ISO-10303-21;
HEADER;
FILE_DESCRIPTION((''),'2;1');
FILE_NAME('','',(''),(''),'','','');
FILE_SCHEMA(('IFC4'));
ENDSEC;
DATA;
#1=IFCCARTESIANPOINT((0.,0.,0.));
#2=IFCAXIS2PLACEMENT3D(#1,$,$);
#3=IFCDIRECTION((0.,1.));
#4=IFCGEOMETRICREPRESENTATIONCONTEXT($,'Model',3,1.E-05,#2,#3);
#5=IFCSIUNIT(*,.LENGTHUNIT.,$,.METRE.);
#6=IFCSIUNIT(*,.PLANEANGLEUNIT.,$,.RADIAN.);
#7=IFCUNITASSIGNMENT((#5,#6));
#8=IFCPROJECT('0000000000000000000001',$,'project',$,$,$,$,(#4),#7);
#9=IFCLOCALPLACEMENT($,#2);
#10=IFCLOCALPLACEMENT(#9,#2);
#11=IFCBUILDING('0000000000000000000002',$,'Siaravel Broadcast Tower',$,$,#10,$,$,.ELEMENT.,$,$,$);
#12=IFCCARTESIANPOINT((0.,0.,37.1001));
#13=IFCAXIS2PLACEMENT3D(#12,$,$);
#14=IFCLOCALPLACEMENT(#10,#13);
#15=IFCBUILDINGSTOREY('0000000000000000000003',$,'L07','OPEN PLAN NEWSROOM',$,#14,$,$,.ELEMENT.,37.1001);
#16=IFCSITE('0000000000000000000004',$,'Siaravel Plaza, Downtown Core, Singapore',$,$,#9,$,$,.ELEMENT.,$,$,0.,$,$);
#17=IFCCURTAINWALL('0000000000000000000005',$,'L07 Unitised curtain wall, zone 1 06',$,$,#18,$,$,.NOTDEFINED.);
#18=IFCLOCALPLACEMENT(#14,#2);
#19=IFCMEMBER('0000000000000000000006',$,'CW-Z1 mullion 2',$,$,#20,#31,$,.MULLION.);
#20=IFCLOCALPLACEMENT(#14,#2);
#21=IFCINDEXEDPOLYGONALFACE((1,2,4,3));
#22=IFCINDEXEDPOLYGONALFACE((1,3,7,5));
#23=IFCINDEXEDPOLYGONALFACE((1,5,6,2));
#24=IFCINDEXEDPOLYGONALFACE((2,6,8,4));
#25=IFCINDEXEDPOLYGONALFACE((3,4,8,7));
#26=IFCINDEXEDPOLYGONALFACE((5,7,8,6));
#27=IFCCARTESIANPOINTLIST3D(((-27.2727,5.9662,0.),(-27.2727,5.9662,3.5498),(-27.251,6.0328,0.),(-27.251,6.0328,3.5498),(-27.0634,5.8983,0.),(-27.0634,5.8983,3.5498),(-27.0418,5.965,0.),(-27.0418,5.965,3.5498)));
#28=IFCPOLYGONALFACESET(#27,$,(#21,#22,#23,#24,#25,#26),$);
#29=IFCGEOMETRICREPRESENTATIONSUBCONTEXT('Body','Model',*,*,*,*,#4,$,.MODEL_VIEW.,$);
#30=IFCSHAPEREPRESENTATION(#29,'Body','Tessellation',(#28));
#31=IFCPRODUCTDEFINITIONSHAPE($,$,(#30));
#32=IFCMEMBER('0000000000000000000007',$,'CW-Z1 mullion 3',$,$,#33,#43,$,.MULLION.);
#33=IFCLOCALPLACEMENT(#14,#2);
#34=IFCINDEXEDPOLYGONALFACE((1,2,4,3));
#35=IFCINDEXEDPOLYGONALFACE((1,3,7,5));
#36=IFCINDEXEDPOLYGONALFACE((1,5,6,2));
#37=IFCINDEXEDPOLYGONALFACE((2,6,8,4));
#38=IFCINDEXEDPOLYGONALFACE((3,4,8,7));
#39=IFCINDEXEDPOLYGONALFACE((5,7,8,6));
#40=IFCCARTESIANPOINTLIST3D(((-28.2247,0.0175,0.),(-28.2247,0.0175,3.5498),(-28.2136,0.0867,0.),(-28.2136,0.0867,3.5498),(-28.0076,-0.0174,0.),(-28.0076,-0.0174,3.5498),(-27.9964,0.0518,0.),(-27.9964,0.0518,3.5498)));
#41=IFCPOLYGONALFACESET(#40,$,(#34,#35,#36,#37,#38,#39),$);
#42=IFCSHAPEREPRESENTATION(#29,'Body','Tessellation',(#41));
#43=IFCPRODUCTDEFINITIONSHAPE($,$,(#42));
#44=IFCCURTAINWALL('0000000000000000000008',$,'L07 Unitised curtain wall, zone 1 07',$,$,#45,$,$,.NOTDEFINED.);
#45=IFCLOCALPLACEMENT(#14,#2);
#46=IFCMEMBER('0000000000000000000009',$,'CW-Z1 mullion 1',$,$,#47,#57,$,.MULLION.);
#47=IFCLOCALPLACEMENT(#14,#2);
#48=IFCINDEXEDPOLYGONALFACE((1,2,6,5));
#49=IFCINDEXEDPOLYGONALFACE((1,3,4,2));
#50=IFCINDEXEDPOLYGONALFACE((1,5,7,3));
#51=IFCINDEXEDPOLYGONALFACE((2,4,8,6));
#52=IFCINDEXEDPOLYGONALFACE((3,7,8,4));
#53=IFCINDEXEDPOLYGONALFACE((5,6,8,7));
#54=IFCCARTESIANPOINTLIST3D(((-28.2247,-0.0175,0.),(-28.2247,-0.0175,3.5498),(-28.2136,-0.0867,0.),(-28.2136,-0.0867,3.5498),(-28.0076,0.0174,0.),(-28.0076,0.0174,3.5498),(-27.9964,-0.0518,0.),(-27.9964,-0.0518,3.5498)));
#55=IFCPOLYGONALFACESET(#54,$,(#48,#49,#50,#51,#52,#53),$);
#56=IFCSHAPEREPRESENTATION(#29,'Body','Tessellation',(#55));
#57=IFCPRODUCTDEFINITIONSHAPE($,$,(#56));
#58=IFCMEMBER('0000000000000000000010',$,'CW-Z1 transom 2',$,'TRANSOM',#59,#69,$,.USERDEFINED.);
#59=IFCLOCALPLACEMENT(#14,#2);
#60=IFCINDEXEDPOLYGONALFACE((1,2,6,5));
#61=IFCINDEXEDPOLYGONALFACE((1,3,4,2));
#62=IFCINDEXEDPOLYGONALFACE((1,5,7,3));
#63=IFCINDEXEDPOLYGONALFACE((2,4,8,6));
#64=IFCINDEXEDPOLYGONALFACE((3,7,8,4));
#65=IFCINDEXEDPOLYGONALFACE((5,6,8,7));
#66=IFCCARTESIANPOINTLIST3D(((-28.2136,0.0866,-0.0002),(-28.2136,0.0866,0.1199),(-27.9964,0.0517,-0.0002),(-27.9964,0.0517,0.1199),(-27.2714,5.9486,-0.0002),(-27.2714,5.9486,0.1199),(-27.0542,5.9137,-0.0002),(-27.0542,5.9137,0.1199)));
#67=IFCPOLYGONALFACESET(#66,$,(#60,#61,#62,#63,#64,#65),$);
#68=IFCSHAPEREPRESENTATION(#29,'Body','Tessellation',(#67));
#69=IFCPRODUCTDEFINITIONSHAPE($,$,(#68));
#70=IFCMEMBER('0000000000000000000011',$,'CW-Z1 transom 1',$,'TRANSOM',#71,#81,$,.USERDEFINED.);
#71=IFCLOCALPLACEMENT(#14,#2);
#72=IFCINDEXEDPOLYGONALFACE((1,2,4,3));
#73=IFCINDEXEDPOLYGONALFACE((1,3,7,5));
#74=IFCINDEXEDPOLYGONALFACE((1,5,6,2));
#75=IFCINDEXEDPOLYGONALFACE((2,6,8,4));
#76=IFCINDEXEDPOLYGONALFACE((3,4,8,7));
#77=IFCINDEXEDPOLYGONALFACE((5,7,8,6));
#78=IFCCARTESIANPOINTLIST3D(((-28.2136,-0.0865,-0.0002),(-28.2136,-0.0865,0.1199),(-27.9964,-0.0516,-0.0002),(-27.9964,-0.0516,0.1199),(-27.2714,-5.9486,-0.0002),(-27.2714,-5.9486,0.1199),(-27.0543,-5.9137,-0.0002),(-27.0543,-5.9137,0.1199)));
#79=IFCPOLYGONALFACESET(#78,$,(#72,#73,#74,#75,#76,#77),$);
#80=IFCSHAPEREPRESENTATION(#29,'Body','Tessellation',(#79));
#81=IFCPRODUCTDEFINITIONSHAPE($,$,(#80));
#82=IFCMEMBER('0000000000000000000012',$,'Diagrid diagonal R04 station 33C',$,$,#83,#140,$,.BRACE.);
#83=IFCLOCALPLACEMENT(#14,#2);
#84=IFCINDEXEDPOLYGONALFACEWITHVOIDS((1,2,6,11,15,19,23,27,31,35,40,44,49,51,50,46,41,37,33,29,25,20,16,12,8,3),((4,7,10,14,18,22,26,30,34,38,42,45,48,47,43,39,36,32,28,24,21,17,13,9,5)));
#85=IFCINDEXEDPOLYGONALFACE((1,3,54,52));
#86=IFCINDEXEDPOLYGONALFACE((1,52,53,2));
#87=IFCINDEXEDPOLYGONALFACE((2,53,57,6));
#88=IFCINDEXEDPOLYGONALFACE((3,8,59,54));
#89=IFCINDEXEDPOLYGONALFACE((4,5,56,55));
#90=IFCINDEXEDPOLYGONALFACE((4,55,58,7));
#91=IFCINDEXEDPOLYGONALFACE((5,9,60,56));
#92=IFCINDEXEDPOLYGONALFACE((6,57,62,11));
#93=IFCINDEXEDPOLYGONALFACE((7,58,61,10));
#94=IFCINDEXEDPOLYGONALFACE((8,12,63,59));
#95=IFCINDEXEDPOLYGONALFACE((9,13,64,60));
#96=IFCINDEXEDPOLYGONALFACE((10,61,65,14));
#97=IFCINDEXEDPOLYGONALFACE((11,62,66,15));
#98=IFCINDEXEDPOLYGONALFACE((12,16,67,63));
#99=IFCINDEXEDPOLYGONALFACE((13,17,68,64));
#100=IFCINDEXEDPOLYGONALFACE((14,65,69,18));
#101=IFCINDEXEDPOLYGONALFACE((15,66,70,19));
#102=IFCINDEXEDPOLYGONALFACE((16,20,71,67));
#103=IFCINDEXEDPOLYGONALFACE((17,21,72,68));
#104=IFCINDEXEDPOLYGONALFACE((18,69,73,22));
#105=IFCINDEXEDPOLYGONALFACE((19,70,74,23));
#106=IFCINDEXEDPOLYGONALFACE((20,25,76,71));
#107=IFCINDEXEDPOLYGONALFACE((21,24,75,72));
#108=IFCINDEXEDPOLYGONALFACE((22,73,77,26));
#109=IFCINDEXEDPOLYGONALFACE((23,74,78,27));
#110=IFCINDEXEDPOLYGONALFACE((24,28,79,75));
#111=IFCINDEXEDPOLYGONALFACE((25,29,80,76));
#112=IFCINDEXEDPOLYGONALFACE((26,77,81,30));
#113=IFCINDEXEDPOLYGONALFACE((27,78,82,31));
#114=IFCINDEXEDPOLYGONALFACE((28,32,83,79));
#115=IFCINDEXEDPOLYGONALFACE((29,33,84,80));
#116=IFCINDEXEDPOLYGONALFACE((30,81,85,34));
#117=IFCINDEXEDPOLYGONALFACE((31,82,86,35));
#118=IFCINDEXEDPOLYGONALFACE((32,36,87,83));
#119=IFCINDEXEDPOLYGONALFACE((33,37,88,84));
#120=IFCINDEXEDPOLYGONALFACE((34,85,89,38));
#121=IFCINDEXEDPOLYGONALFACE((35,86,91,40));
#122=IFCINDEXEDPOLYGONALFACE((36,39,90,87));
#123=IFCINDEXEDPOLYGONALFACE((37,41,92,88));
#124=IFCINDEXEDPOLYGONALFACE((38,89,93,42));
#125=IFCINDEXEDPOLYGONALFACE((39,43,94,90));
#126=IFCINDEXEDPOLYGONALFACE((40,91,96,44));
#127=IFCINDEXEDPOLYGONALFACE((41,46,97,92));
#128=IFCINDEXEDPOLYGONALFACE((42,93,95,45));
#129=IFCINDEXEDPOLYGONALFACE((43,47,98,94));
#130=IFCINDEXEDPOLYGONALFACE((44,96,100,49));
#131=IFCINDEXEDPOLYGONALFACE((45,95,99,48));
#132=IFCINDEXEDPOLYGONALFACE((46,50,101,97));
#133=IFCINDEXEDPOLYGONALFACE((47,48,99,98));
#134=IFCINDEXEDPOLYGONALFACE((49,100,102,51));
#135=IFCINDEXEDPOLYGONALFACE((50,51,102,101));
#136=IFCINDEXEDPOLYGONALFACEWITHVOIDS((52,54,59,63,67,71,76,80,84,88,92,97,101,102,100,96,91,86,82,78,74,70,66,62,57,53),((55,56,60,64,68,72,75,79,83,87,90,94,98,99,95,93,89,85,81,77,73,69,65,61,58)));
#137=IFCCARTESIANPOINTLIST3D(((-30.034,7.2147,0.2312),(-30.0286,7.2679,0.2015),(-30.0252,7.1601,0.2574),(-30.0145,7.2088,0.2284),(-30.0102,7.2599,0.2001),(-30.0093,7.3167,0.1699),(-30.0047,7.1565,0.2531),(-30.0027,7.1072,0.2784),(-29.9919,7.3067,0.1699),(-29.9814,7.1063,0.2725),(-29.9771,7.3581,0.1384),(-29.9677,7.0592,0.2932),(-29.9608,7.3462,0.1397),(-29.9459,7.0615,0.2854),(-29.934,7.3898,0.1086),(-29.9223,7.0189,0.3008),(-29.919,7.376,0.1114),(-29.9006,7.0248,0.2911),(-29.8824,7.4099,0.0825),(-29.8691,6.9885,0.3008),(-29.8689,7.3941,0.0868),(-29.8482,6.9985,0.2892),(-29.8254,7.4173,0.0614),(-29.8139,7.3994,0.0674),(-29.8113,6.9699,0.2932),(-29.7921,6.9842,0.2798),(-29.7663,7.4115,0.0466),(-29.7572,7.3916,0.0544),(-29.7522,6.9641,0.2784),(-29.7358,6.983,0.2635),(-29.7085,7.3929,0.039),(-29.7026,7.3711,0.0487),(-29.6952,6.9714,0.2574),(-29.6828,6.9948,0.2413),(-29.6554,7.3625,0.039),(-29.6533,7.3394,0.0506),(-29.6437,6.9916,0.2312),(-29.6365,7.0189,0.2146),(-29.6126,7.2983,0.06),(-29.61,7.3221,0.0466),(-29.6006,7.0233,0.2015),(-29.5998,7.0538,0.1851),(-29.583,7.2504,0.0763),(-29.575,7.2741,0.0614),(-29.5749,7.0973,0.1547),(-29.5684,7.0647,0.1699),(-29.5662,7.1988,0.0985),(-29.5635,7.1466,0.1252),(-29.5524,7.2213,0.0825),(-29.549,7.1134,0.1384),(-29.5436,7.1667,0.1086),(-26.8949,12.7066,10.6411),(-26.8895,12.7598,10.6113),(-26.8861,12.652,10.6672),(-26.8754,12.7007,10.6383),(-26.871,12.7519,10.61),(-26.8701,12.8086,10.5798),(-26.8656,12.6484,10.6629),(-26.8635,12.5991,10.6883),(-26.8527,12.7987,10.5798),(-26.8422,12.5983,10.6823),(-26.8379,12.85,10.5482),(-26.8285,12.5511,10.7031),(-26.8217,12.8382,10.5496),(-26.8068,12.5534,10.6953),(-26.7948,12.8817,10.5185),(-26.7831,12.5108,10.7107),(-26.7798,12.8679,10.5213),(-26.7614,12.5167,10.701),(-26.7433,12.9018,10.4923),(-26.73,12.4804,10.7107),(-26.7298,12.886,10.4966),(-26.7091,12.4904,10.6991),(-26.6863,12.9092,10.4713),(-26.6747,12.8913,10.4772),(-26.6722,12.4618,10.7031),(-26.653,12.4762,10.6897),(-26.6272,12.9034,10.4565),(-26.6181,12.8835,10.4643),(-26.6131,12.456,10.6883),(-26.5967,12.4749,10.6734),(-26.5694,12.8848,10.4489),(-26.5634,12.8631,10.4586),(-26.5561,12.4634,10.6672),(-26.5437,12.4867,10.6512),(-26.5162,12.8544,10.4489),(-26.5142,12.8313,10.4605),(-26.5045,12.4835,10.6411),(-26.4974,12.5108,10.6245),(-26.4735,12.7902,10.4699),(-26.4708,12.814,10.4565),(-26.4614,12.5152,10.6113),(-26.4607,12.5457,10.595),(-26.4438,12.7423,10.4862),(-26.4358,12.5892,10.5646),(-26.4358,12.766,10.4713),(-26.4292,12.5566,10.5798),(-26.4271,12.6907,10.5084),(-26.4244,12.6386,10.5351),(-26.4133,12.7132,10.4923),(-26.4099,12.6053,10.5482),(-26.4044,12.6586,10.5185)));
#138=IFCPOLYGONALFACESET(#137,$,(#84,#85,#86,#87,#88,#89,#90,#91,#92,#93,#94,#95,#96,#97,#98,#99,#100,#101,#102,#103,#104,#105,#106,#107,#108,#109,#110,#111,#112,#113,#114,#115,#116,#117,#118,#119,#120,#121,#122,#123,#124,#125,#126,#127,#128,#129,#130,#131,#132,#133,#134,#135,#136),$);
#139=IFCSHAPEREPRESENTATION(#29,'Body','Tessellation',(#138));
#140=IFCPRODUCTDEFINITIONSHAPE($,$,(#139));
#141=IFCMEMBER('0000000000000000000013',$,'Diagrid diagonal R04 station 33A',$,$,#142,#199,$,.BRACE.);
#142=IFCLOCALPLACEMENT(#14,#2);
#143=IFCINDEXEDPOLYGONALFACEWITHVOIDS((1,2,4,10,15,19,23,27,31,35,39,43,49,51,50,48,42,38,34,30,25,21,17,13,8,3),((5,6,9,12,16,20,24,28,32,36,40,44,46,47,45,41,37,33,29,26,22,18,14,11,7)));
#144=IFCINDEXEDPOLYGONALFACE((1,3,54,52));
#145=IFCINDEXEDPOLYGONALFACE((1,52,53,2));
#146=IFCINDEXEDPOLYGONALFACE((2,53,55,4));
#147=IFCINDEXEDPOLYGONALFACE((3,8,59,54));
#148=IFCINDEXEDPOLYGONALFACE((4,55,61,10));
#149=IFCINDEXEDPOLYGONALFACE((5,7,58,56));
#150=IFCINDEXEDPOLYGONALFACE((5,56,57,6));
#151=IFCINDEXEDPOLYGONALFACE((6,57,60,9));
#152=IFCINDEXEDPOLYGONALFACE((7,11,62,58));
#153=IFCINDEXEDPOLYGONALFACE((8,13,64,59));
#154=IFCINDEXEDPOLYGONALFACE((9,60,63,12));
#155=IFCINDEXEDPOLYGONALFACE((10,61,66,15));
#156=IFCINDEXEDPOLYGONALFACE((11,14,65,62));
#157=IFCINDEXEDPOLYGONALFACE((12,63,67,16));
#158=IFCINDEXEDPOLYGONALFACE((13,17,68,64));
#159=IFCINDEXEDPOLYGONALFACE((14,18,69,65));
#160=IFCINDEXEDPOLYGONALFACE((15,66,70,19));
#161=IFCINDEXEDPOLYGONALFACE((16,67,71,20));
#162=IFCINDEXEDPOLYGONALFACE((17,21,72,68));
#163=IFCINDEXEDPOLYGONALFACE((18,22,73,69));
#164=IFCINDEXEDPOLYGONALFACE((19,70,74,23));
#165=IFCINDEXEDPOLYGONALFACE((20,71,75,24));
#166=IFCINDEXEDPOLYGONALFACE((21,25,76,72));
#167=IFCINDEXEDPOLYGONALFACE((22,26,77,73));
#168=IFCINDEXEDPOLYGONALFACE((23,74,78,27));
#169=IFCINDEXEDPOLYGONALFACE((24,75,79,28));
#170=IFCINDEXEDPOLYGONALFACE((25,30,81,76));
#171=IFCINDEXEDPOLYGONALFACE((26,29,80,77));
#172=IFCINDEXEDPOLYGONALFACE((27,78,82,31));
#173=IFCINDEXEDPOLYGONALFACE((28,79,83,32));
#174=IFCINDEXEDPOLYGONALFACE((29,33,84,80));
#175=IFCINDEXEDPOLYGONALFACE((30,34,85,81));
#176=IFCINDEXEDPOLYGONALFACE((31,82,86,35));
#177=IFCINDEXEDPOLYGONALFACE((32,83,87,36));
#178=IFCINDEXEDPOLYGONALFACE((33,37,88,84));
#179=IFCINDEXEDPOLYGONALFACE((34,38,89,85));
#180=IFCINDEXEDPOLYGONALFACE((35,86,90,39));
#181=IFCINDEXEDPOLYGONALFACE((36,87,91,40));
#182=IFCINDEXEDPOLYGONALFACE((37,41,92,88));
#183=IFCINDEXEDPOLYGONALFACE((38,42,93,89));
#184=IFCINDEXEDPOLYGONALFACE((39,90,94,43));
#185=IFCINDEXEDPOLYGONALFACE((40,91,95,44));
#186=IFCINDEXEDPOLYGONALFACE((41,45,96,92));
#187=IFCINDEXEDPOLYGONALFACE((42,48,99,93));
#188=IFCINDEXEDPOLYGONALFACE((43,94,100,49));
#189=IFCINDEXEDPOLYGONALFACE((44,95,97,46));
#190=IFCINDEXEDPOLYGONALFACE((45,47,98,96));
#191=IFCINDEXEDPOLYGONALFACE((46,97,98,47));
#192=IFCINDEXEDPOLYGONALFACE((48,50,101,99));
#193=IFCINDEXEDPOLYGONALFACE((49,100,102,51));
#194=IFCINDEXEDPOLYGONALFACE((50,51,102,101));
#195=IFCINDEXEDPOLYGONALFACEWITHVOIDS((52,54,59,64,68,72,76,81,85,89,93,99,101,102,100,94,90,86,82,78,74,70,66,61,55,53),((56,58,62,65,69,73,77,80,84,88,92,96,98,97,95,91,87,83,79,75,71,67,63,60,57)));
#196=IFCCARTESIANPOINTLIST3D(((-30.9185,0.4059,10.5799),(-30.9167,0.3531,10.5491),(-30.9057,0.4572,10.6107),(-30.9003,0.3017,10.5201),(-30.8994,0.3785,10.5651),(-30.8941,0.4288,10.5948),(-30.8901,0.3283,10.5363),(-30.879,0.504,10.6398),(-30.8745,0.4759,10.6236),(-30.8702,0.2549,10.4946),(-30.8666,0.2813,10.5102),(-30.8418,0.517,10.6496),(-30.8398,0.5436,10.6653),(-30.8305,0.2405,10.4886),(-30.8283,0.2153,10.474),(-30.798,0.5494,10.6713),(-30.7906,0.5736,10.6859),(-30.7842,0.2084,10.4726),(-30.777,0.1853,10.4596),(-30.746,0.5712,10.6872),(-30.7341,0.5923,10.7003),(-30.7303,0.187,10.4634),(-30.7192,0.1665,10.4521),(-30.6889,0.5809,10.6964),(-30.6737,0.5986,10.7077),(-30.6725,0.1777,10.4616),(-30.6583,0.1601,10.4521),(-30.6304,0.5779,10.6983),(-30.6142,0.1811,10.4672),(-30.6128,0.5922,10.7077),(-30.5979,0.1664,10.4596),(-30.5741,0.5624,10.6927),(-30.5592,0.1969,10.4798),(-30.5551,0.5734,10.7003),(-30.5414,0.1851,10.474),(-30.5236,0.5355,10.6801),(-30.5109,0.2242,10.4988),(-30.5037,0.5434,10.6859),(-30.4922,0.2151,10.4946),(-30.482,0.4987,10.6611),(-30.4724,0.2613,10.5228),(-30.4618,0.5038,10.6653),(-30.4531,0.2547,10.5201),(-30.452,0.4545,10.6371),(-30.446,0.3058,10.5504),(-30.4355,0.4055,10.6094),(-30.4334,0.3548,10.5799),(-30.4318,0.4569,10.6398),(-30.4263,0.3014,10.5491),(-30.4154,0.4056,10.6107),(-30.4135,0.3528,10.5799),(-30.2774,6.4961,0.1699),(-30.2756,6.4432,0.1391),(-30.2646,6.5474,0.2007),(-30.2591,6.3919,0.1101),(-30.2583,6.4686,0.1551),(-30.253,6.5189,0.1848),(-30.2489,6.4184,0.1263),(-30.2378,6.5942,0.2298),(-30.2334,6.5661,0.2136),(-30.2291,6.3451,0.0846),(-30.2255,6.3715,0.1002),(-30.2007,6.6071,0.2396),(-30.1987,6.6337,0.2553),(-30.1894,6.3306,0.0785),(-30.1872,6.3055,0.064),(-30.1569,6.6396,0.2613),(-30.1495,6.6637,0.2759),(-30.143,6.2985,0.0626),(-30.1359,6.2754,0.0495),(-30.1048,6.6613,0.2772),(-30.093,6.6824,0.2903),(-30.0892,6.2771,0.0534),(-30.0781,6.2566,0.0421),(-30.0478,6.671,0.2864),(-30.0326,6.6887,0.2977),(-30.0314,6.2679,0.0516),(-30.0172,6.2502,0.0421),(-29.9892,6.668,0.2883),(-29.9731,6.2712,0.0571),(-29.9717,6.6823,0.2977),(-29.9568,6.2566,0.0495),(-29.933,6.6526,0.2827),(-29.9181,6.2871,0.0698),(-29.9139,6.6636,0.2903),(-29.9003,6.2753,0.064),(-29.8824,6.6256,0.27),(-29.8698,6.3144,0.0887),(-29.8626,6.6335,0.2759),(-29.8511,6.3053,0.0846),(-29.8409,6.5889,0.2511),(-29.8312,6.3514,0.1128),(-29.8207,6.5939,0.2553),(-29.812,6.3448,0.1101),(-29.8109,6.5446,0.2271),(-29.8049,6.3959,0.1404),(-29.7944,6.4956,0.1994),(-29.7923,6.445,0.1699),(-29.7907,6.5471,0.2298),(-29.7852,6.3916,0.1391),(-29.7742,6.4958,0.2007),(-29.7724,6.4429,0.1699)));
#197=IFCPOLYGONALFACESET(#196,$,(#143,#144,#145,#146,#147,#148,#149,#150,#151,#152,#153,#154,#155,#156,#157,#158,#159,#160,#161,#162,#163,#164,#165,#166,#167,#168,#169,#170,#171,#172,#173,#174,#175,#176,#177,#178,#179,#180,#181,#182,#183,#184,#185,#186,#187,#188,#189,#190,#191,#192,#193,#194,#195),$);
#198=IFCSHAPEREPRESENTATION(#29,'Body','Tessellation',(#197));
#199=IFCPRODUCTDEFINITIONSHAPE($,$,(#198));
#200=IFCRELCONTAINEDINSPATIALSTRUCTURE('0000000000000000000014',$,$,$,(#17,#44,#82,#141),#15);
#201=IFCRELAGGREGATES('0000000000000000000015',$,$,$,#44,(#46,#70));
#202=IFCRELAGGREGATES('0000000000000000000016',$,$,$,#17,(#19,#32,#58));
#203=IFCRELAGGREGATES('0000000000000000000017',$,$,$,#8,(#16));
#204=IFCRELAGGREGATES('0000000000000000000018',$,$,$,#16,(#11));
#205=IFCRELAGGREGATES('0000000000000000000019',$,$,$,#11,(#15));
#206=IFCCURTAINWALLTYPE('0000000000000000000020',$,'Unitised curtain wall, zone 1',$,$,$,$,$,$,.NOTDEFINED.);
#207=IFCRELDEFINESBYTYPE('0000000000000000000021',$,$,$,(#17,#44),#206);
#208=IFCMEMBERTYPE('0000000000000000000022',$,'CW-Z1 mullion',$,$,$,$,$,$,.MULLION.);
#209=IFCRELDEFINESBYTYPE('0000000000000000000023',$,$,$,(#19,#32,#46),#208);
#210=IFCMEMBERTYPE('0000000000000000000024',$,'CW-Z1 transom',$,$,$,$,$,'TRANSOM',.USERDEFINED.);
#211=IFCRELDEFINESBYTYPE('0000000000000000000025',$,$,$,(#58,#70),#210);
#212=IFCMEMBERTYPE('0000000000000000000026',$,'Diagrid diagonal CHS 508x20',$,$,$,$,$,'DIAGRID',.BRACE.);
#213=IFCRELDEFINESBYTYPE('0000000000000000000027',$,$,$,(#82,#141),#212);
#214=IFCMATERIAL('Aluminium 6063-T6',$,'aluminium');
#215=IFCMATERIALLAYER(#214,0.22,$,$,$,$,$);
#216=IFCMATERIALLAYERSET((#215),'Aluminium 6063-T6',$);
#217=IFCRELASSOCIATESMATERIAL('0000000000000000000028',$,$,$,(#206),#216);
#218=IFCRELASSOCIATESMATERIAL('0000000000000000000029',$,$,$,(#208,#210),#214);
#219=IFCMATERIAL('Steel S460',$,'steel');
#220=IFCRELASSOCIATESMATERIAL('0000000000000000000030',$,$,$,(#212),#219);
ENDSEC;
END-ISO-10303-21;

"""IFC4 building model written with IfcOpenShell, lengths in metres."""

from ifc_helpers import new_model, si_unit, direction, frame, origin, origin_2d, place, context, subcontext, project, spatial, rectangle, hollow_circle, extrude, material, layer, layer_set, material_profile, profile_set, type_object, element, aggregate, save


model = new_model("IFC4")

# Units and contexts
model_context = context("Model", 3, precision=1e-05, world=origin(), true_north=direction((0.0, 1.0)))
body_context = subcontext(model_context, "Body", "Model", "MODEL_VIEW")
ifc_project = project(units=[si_unit("LENGTHUNIT", "METRE"), si_unit("PLANEANGLEUNIT", "RADIAN")], contexts=[model_context])

# Site, building, storey
site_placement = place(None, origin())
site = spatial("IfcSite", under=ifc_project, at=site_placement, Name="Siaravel Plaza, Downtown Core, Singapore", CompositionType="ELEMENT", RefElevation=0.0)
building_placement = place(site_placement, origin())
building = spatial("IfcBuilding", under=site, at=building_placement, Name="Siaravel Broadcast Tower", CompositionType="ELEMENT")
storey_placement = place(building_placement, frame((0.0, 0.0, 37.1001)))
storey = spatial("IfcBuildingStorey", under=building, at=storey_placement, Name="L07", Description="OPEN PLAN NEWSROOM", CompositionType="ELEMENT", Elevation=37.1001)

# Curtain wall, members
ifc_material_1 = material(Name="Aluminium 6063-T6", Category="aluminium")
ifc_layer_1 = layer(ifc_material_1, 0.22)
ifc_layer_set_1 = layer_set([ifc_layer_1], Name="Aluminium 6063-T6")
curtain_wall_type = type_object("IfcCurtainWallType", Name="Unitised curtain wall, zone 1", PredefinedType="NOTDEFINED", material=ifc_layer_set_1)
curtain_wall_1_placement = place(storey_placement, origin())
curtain_wall_1 = element("IfcCurtainWall", 1, at=curtain_wall_1_placement, inside=storey, type_object=curtain_wall_type, Name="L07 Unitised curtain wall, zone 1 06", PredefinedType="NOTDEFINED")
ifc_material_profile_1 = material_profile(ifc_material_1, rectangle(XDim=0.22, YDim=0.0701, at=origin_2d()))
ifc_profile_set_1 = profile_set([ifc_material_profile_1], Name="Aluminium 6063-T6")
member_type_1 = type_object("IfcMemberType", Name="CW-Z1 mullion", PredefinedType="MULLION", material=ifc_profile_set_1)
member_1_placement = place(storey_placement, frame((-27.1572, 5.9656, 0.0), z_axis=(0.0, 0.0, 1.0), x_axis=(0.951177, -0.308646, 0.0)))
member_1 = element("IfcMember", 2, at=member_1_placement, type_object=member_type_1, Name="CW-Z1 mullion 2", PredefinedType="MULLION", context=body_context, shape_type="SweptSolid", body=[
    extrude(rectangle(XDim=0.22, YDim=0.0701, at=origin_2d()), origin(), (0.0, 0.0, 1.0), 3.5498),
])
member_2_placement = place(storey_placement, frame((-28.1106, 0.0347, 0.0), z_axis=(0.0, 0.0, 1.0), x_axis=(0.987329, -0.158686, 0.0)))
member_2 = element("IfcMember", 3, at=member_2_placement, type_object=member_type_1, Name="CW-Z1 mullion 3", PredefinedType="MULLION", context=body_context, shape_type="SweptSolid", body=[
    extrude(rectangle(XDim=0.22, YDim=0.0701, at=origin_2d()), origin(), (0.0, 0.0, 1.0), 3.5498),
])

# Curtain wall, member
curtain_wall_2_placement = place(storey_placement, origin())
curtain_wall_2 = element("IfcCurtainWall", 4, at=curtain_wall_2_placement, inside=storey, type_object=curtain_wall_type, Name="L07 Unitised curtain wall, zone 1 07", PredefinedType="NOTDEFINED")
member_3_placement = place(storey_placement, frame((-28.1106, -0.0347, 0.0), z_axis=(0.0, 0.0, 1.0), x_axis=(0.987329, 0.158686, 0.0)))
member_3 = element("IfcMember", 5, at=member_3_placement, type_object=member_type_1, Name="CW-Z1 mullion 1", PredefinedType="MULLION", context=body_context, shape_type="SweptSolid", body=[
    extrude(rectangle(XDim=0.22, YDim=0.0701, at=origin_2d()), origin(), (0.0, 0.0, 1.0), 3.5498),
])

# Members
ifc_material_profile_2 = material_profile(ifc_material_1, rectangle(XDim=0.22, YDim=0.1201, at=origin_2d()))
ifc_profile_set_2 = profile_set([ifc_material_profile_2], Name="Aluminium 6063-T6")
member_type_2 = type_object("IfcMemberType", Name="CW-Z1 transom", ElementType="TRANSOM", PredefinedType="USERDEFINED", material=ifc_profile_set_2)
member_4_placement = place(storey_placement, frame((-27.1628, 5.9312, 0.0598), z_axis=(-0.158682, -0.98733, 0.0), x_axis=(0.98733, -0.158682, 0.0)))
member_4 = element("IfcMember", 6, at=member_4_placement, type_object=member_type_2, Name="CW-Z1 transom 2", ObjectType="TRANSOM", PredefinedType="USERDEFINED", context=body_context, shape_type="SweptSolid", body=[
    extrude(rectangle(XDim=0.22, YDim=0.1201, at=origin_2d()), origin(), (0.0, 0.0, 1.0), 5.9373),
])
member_5_placement = place(storey_placement, frame((-28.105, -0.0691, 0.0598), z_axis=(0.158682, -0.98733, 0.0), x_axis=(0.98733, 0.158682, 0.0)))
member_5 = element("IfcMember", 7, at=member_5_placement, type_object=member_type_2, Name="CW-Z1 transom 1", ObjectType="TRANSOM", PredefinedType="USERDEFINED", context=body_context, shape_type="SweptSolid", body=[
    extrude(rectangle(XDim=0.22, YDim=0.1201, at=origin_2d()), origin(), (0.0, 0.0, 1.0), 5.9373),
])
aggregate(curtain_wall_2, [member_3, member_5])

# Members
ifc_material_2 = material(Name="Steel S460", Category="steel")
ifc_material_profile_3 = material_profile(ifc_material_2, hollow_circle(Radius=0.2539, WallThickness=0.02, at=origin_2d()))
ifc_profile_set_3 = profile_set([ifc_material_profile_3], Name="Steel S460")
member_type_3 = type_object("IfcMemberType", Name="Diagrid diagonal CHS 508x20", ElementType="DIAGRID", PredefinedType="BRACE", material=ifc_profile_set_3)
member_6_placement = place(storey_placement, frame((-29.7888, 7.1907, 0.1699), z_axis=(0.257705, 0.450853, 0.854587), x_axis=(-0.868181, 0.496247, 0.0)))
element("IfcMember", 8, at=member_6_placement, inside=storey, type_object=member_type_3, Name="Diagrid diagonal R04 station 33C", PredefinedType="BRACE", context=body_context, shape_type="SweptSolid", body=[
    extrude(hollow_circle(Radius=0.2539, WallThickness=0.02, at=origin_2d()), origin(), (0.0, 0.0, 1.0), 12.1812),
])
member_7_placement = place(storey_placement, frame((-30.0249, 6.4695, 0.1699), z_axis=(-0.053083, -0.50425, 0.861925), x_axis=(0.994505, -0.104693, 0.0)))
element("IfcMember", 9, at=member_7_placement, inside=storey, type_object=member_type_3, Name="Diagrid diagonal R04 station 33A", PredefinedType="BRACE", context=body_context, shape_type="SweptSolid", body=[
    extrude(hollow_circle(Radius=0.2539, WallThickness=0.02, at=origin_2d()), origin(), (0.0, 0.0, 1.0), 12.0776),
])

aggregate(curtain_wall_1, [member_1, member_2, member_4])

save(model, "model.ifc")
